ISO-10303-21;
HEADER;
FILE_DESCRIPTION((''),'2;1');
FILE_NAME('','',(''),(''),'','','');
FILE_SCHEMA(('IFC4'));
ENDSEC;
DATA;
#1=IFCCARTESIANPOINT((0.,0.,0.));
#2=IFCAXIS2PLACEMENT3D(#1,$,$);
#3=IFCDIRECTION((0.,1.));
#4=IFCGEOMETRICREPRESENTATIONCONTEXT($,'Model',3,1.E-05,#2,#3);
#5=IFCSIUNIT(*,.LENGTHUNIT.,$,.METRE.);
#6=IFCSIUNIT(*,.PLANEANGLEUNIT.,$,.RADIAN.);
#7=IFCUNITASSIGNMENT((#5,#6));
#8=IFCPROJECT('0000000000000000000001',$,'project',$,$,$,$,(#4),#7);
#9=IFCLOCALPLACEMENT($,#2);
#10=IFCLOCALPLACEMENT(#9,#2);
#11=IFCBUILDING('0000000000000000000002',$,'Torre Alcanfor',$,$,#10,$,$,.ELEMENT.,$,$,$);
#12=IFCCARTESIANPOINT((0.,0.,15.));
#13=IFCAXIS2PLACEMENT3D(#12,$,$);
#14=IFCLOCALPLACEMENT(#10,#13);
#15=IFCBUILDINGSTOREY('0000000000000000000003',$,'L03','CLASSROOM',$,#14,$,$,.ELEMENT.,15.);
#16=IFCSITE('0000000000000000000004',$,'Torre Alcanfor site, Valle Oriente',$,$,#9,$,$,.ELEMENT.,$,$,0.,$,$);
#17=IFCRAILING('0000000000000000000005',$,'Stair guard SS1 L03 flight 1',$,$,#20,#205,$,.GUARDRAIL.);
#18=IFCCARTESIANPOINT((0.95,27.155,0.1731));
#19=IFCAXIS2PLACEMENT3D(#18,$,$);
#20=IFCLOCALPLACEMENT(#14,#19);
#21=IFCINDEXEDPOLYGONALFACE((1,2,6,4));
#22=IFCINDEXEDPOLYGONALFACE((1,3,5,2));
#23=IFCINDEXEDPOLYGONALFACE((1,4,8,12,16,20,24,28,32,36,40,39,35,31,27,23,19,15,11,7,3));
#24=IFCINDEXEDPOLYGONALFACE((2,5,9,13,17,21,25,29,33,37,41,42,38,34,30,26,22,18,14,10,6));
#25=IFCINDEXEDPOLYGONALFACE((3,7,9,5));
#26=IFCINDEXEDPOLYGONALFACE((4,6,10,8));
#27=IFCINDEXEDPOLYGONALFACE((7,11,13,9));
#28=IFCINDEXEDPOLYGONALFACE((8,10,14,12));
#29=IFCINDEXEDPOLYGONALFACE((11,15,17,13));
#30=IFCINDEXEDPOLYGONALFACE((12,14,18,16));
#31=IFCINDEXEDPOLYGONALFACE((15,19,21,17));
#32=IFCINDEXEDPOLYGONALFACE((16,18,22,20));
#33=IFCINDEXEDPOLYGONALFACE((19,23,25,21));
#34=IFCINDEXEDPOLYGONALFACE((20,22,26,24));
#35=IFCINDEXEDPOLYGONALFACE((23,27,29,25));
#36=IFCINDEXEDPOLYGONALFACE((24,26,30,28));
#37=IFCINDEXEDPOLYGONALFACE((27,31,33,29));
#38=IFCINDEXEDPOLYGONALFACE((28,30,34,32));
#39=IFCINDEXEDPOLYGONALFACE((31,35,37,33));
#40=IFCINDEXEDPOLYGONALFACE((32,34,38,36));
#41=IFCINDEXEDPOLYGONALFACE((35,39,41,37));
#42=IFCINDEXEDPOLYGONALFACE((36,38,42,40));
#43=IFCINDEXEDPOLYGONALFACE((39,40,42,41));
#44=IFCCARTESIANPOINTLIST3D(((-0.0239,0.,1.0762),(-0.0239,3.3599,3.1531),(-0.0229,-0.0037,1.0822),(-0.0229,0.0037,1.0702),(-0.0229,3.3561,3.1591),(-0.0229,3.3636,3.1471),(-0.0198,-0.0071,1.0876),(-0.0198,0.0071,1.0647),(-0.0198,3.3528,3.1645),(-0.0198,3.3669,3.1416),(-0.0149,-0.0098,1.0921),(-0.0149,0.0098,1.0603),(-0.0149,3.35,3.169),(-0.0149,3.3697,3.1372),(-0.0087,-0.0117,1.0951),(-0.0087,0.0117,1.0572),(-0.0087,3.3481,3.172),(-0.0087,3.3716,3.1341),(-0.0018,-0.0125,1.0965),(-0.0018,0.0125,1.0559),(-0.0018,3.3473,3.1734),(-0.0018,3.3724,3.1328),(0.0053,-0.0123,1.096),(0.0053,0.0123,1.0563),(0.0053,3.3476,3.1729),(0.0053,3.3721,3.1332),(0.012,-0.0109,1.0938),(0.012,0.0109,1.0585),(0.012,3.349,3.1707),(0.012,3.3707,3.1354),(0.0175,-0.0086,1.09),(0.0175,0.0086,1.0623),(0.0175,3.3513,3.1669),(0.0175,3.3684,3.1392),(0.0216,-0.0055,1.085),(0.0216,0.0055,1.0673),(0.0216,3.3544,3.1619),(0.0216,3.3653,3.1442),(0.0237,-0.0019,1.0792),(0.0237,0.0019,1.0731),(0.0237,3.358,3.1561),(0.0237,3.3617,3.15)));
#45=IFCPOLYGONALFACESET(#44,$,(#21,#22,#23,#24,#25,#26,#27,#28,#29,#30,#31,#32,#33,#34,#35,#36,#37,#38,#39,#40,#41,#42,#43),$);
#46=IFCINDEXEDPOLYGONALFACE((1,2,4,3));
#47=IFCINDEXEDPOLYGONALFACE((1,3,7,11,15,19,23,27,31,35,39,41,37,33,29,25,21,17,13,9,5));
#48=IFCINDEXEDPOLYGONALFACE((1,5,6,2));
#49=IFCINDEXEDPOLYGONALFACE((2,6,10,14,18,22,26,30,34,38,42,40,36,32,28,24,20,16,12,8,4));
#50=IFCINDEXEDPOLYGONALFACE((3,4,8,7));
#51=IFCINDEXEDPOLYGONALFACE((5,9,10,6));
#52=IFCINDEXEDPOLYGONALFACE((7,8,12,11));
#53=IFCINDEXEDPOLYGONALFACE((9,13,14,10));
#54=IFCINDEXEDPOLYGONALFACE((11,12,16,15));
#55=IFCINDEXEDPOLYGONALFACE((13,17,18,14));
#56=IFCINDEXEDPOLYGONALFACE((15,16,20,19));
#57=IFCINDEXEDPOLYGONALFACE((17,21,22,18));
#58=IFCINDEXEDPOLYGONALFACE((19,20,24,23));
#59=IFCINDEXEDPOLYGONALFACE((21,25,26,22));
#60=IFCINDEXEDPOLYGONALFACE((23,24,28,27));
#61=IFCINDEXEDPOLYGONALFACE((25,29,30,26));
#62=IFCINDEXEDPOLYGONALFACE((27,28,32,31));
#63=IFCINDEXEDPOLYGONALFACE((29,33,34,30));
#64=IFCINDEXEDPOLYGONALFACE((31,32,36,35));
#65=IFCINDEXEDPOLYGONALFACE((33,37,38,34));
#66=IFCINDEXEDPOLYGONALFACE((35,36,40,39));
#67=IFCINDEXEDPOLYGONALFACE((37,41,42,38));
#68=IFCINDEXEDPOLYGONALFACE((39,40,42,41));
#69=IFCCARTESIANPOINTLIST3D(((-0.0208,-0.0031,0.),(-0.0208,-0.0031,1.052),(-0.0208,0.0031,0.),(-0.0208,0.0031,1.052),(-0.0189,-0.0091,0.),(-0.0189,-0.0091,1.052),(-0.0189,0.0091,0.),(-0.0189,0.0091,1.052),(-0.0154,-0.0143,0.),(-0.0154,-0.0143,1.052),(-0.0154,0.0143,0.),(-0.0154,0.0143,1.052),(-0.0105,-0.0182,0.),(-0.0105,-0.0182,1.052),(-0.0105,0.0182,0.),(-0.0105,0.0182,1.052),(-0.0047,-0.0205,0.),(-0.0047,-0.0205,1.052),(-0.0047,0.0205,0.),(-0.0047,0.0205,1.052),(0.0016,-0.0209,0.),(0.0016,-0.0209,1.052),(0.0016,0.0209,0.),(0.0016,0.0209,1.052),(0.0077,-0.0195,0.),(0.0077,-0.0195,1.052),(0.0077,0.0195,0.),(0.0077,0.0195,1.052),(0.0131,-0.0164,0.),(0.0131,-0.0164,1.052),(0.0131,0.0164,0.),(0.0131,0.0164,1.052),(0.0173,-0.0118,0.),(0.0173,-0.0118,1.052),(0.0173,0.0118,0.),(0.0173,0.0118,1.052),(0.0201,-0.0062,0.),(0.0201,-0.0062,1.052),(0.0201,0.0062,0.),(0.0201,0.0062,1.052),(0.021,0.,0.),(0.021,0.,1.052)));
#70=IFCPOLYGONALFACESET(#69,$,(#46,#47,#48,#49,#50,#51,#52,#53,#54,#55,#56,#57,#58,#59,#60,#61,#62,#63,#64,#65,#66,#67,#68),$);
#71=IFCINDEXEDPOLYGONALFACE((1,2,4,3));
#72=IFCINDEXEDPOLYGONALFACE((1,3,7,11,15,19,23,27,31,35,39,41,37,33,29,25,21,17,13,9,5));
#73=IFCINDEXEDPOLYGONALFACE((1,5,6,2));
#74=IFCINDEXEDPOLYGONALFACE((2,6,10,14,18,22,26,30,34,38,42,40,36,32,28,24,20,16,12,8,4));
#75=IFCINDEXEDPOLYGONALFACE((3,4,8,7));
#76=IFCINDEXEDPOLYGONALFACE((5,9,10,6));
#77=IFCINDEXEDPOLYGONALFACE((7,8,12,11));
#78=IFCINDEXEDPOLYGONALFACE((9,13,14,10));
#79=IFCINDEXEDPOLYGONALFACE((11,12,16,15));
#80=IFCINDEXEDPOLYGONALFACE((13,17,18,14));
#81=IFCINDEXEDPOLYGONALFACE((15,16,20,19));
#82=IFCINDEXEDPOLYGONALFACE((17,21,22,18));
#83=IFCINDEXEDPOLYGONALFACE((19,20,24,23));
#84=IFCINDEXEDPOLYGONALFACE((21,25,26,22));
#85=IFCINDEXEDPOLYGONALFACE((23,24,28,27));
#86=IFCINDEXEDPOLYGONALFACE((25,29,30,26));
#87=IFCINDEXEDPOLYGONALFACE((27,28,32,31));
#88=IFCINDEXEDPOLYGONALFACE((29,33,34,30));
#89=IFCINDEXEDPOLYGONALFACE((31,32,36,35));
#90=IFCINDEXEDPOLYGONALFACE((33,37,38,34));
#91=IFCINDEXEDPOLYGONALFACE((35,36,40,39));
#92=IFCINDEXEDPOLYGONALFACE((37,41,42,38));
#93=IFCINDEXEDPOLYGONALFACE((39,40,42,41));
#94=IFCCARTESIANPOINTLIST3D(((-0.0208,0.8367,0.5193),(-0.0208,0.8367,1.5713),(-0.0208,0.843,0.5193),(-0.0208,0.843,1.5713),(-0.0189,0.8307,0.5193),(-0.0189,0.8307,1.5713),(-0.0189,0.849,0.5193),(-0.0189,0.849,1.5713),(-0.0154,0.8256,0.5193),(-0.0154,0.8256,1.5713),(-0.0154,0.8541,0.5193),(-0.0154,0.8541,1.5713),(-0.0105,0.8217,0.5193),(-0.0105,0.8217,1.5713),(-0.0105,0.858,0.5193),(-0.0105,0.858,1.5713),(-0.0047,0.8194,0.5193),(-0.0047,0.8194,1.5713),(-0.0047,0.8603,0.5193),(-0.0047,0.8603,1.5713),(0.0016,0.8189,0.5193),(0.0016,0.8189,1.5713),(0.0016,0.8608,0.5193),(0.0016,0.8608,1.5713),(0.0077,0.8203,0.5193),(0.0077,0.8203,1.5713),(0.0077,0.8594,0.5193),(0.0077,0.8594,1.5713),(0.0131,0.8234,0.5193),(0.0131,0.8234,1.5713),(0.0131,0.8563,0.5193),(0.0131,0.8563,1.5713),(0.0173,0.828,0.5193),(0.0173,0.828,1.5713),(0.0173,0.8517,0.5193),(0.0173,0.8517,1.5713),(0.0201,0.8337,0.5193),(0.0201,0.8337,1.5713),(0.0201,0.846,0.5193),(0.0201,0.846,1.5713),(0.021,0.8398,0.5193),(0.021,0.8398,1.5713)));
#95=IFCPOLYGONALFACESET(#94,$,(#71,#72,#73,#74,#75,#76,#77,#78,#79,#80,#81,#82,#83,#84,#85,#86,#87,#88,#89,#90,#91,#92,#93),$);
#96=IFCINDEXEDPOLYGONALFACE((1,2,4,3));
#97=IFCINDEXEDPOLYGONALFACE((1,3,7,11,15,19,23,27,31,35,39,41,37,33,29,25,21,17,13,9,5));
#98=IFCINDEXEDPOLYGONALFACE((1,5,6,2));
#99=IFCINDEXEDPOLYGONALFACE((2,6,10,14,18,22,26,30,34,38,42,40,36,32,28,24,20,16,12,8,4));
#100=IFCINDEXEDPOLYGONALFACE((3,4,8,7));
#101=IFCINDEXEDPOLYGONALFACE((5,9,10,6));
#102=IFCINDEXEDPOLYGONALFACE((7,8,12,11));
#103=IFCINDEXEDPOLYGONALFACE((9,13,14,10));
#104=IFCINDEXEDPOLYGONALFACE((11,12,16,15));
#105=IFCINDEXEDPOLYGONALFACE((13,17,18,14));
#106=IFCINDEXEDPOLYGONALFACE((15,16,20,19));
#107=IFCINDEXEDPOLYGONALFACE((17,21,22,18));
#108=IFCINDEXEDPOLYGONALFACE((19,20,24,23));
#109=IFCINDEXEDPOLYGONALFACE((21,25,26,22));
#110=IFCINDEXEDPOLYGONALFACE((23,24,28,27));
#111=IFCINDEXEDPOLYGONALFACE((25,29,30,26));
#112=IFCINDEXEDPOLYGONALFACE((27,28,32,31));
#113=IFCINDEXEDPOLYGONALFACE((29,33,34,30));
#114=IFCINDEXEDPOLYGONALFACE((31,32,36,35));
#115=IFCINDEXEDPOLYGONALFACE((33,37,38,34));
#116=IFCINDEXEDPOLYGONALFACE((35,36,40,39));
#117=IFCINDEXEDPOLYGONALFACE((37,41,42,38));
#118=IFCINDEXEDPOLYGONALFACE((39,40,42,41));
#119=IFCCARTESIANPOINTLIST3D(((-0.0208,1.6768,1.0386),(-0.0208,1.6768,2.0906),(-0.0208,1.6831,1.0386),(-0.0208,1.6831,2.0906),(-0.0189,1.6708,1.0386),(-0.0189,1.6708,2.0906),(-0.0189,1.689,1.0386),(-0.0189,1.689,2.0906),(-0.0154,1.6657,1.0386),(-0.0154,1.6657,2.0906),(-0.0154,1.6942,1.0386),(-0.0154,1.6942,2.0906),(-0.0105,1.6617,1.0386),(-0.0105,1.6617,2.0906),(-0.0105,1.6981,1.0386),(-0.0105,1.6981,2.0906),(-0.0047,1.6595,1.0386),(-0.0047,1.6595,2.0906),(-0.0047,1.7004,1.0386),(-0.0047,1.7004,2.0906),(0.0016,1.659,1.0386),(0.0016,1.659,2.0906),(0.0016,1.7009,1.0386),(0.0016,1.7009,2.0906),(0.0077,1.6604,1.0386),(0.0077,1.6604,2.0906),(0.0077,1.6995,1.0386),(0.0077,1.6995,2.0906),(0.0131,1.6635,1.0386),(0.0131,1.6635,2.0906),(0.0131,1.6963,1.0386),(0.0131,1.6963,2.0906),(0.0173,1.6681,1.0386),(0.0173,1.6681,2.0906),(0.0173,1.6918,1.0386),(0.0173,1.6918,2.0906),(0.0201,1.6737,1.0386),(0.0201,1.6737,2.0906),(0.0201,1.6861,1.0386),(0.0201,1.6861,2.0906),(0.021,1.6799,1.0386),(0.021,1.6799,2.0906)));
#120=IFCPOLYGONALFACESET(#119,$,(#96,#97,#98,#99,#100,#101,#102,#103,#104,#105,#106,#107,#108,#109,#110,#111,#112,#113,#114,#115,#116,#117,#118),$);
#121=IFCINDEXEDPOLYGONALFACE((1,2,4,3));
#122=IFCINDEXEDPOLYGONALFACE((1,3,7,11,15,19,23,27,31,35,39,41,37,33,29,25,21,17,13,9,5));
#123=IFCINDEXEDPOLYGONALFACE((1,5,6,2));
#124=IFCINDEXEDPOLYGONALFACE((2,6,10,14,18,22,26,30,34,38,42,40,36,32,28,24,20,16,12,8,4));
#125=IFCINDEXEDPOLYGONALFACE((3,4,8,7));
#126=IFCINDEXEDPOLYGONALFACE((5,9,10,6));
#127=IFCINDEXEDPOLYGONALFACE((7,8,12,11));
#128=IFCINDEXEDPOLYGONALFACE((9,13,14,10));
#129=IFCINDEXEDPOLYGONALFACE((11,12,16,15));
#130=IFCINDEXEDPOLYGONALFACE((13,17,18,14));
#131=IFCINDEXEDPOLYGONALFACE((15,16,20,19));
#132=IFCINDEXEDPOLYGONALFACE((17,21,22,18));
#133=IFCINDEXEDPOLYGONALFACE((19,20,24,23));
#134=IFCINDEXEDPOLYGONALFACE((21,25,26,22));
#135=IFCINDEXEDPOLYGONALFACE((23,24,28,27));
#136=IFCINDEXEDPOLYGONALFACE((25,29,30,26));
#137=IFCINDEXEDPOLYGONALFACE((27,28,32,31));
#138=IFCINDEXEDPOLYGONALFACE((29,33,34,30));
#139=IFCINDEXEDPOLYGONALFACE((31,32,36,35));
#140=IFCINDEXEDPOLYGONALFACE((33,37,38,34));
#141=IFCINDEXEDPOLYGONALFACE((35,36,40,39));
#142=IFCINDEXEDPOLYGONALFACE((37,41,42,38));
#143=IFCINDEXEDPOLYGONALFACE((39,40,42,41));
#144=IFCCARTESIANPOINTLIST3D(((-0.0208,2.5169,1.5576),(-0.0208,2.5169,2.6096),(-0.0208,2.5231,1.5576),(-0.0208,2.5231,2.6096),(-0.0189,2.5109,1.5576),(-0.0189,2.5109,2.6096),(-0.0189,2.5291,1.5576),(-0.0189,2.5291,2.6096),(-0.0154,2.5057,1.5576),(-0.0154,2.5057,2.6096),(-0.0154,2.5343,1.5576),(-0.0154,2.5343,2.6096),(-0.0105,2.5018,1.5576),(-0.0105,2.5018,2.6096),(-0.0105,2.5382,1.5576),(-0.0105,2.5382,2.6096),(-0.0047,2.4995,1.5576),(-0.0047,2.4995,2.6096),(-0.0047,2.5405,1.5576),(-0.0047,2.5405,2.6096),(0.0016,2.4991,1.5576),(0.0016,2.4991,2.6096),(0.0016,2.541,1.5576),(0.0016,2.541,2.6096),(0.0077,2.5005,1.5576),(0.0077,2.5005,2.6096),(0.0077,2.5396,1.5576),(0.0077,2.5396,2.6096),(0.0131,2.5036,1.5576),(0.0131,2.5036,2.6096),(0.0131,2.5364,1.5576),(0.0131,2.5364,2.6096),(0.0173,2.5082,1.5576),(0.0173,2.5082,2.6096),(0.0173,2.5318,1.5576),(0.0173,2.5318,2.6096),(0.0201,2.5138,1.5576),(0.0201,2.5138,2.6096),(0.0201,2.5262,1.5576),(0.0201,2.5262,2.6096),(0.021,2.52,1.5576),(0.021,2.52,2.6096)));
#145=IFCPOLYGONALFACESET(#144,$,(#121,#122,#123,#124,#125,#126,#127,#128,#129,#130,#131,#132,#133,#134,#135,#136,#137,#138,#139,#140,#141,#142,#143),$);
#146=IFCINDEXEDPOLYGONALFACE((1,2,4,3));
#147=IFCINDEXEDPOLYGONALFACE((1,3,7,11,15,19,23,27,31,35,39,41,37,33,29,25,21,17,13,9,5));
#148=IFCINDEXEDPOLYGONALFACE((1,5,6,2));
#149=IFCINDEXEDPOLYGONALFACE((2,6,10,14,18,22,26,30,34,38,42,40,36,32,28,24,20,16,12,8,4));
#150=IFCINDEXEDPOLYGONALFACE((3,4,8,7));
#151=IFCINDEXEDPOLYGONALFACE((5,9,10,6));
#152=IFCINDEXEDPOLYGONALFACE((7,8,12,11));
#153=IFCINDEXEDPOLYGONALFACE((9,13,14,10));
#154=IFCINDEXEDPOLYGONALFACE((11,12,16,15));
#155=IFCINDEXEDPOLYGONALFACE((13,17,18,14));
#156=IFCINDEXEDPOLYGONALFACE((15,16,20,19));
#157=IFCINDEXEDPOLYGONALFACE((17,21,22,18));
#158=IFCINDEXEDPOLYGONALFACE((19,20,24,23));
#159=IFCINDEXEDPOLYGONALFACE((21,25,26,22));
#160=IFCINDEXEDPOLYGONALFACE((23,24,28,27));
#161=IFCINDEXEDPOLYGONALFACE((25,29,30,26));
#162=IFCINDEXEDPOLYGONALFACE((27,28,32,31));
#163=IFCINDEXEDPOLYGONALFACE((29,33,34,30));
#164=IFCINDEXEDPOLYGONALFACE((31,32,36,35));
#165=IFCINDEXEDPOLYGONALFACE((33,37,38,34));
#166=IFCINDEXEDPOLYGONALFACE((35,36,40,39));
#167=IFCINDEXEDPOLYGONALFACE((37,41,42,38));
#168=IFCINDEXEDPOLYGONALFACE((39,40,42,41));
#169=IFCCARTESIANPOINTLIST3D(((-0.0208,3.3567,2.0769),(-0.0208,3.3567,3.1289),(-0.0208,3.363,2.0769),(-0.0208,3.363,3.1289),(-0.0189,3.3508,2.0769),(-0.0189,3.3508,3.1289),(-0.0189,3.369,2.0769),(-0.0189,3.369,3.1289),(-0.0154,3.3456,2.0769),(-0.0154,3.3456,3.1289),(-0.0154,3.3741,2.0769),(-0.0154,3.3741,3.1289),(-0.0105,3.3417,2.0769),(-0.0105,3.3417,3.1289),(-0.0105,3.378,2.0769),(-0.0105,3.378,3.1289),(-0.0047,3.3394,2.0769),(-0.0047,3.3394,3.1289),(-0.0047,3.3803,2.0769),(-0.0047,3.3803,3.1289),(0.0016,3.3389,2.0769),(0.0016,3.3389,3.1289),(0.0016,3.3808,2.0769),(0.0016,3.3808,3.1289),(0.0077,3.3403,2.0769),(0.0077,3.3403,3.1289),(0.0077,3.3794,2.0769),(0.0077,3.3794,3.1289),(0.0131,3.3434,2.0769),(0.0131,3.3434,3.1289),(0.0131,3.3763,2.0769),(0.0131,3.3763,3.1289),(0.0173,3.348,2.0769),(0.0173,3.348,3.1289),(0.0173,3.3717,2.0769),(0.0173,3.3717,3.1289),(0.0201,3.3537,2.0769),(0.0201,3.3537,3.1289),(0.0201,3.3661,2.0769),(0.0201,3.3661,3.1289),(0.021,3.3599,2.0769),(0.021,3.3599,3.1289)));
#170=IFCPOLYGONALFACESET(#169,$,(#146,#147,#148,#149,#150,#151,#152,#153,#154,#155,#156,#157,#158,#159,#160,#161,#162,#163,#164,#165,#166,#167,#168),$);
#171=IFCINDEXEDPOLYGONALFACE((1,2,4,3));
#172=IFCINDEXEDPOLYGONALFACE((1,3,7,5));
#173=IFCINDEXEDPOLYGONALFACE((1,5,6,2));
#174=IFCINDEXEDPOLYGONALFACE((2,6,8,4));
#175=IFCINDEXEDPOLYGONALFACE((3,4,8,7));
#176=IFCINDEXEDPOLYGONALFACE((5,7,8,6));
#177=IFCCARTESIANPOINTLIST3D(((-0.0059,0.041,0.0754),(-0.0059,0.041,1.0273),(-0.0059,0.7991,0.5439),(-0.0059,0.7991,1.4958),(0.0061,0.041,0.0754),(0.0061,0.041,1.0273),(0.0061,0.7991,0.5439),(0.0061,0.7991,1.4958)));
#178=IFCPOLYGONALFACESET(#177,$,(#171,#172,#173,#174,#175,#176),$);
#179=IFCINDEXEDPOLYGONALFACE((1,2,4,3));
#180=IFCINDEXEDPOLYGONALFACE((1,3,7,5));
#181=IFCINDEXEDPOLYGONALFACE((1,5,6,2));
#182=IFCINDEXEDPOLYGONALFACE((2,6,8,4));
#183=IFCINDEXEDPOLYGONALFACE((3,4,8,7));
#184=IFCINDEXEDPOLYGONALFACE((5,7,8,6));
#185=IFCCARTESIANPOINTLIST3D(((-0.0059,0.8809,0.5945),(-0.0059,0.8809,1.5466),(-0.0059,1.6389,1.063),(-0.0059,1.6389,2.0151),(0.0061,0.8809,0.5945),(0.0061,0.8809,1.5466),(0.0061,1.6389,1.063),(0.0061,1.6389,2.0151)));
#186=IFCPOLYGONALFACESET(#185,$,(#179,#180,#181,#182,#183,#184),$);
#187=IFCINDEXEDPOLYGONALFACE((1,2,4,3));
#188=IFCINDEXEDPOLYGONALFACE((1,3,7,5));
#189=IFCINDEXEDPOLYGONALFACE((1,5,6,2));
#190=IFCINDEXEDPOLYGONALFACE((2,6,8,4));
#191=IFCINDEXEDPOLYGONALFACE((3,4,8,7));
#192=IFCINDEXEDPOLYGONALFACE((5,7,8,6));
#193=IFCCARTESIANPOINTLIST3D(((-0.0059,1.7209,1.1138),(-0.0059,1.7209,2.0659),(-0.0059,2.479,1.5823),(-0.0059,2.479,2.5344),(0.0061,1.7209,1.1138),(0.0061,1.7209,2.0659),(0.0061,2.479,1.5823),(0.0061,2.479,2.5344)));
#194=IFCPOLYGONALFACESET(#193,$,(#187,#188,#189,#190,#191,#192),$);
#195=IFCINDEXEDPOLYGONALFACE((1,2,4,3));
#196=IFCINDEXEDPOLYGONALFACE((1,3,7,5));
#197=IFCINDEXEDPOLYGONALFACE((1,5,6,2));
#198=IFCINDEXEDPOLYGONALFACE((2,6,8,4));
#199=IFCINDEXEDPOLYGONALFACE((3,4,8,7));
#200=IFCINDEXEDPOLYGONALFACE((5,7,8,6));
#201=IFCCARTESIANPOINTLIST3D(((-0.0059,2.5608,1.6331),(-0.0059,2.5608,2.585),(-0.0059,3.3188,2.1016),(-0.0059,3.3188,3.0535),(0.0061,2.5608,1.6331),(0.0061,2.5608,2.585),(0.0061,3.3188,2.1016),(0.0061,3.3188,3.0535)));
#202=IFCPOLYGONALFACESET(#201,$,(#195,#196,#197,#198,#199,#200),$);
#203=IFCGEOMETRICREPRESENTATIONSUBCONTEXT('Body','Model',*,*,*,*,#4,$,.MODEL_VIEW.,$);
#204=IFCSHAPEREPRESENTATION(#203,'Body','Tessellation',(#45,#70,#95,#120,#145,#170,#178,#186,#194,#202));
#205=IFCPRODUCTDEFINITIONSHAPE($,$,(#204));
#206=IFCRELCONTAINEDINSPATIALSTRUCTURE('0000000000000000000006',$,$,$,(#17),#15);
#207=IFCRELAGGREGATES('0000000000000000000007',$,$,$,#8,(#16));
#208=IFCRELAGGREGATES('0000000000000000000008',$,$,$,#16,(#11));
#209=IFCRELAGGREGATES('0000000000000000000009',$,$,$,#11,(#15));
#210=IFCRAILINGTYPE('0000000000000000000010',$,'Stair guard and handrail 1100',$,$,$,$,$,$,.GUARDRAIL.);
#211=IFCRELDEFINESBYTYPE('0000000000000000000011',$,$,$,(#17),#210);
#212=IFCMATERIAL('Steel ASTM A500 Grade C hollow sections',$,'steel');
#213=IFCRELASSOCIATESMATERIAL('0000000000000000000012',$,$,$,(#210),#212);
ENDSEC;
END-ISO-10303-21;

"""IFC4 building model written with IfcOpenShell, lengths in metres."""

from ifc_helpers import new_model, si_unit, direction, frame, origin, origin_2d, place, context, subcontext, project, spatial, polyline, circle, outline, extrude, material, type_object, element, save


model = new_model("IFC4")

# Units and contexts
model_context = context("Model", 3, precision=1e-05, world=origin(), true_north=direction((0.0, 1.0)))
body_context = subcontext(model_context, "Body", "Model", "MODEL_VIEW")
ifc_project = project(units=[si_unit("LENGTHUNIT", "METRE"), si_unit("PLANEANGLEUNIT", "RADIAN")], contexts=[model_context])

# Site, building, storey
site_placement = place(None, origin())
site = spatial("IfcSite", under=ifc_project, at=site_placement, Name="Torre Alcanfor site, Valle Oriente", CompositionType="ELEMENT", RefElevation=0.0)
building_placement = place(site_placement, origin())
building = spatial("IfcBuilding", under=site, at=building_placement, Name="Torre Alcanfor", CompositionType="ELEMENT")
storey_placement = place(building_placement, frame((0.0, 0.0, 15.0)))
storey = spatial("IfcBuildingStorey", under=building, at=storey_placement, Name="L03", Description="CLASSROOM", CompositionType="ELEMENT", Elevation=15.0)

# Railing
ifc_material_1 = material(Name="Steel ASTM A500 Grade C hollow sections", Category="steel")
railing_type_1 = type_object("IfcRailingType", Name="Stair guard and handrail 1100", PredefinedType="GUARDRAIL", material=ifc_material_1)
railing_1_placement = place(storey_placement, frame((0.95, 27.155, 0.1731)))
element("IfcRailing", 1, at=railing_1_placement, inside=storey, type_object=railing_type_1, Name="Stair guard SS1 L03 flight 1", PredefinedType="GUARDRAIL", context=body_context, shape_type="SweptSolid", body=[
    extrude(circle(Radius=0.0239, at=origin_2d()), frame((0.0, 0.0, 1.0762), z_axis=(0.0, 0.850606, 0.525803), x_axis=(-1.0, 0.0, 0.0)), (0.0, 0.0, 1.0), 3.95),
    extrude(circle(Radius=0.021, at=origin_2d()), origin(), (0.0, 0.0, 1.0), 1.052),
    extrude(circle(Radius=0.021, at=origin_2d()), frame((0.0, 0.8398, 0.5193)), (0.0, 0.0, 1.0), 1.052),
    extrude(circle(Radius=0.021, at=origin_2d()), frame((0.0, 1.6799, 1.0386)), (0.0, 0.0, 1.0), 1.052),
    extrude(circle(Radius=0.021, at=origin_2d()), frame((0.0, 2.52, 1.5576)), (0.0, 0.0, 1.0), 1.052),
    extrude(circle(Radius=0.021, at=origin_2d()), frame((0.0, 3.3599, 2.0769)), (0.0, 0.0, 1.0), 1.052),
    extrude(outline(polyline([(0.041, 0.0754), (0.7991, 0.5439), (0.7991, 1.4958), (0.041, 1.0273), (0.041, 0.0754)])), frame((-0.0059, 0.0, 0.0), z_axis=(1.0, 0.0, 0.0), x_axis=(0.0, 1.0, 0.0)), (0.0, 0.0, 1.0), 0.012),
    extrude(outline(polyline([(0.8809, 0.5945), (1.6389, 1.063), (1.6389, 2.0151), (0.8809, 1.5466), (0.8809, 0.5945)])), frame((-0.0059, 0.0, 0.0), z_axis=(1.0, 0.0, 0.0), x_axis=(0.0, 1.0, 0.0)), (0.0, 0.0, 1.0), 0.012),
    extrude(outline(polyline([(1.7209, 1.1138), (2.479, 1.5823), (2.479, 2.5344), (1.7209, 2.0659), (1.7209, 1.1138)])), frame((-0.0059, 0.0, 0.0), z_axis=(1.0, 0.0, 0.0), x_axis=(0.0, 1.0, 0.0)), (0.0, 0.0, 1.0), 0.012),
    extrude(outline(polyline([(2.5608, 1.6331), (3.3188, 2.1016), (3.3188, 3.0535), (2.5608, 2.585), (2.5608, 1.6331)])), frame((-0.0059, 0.0, 0.0), z_axis=(1.0, 0.0, 0.0), x_axis=(0.0, 1.0, 0.0)), (0.0, 0.0, 1.0), 0.012),
])

save(model, "model.ifc")
